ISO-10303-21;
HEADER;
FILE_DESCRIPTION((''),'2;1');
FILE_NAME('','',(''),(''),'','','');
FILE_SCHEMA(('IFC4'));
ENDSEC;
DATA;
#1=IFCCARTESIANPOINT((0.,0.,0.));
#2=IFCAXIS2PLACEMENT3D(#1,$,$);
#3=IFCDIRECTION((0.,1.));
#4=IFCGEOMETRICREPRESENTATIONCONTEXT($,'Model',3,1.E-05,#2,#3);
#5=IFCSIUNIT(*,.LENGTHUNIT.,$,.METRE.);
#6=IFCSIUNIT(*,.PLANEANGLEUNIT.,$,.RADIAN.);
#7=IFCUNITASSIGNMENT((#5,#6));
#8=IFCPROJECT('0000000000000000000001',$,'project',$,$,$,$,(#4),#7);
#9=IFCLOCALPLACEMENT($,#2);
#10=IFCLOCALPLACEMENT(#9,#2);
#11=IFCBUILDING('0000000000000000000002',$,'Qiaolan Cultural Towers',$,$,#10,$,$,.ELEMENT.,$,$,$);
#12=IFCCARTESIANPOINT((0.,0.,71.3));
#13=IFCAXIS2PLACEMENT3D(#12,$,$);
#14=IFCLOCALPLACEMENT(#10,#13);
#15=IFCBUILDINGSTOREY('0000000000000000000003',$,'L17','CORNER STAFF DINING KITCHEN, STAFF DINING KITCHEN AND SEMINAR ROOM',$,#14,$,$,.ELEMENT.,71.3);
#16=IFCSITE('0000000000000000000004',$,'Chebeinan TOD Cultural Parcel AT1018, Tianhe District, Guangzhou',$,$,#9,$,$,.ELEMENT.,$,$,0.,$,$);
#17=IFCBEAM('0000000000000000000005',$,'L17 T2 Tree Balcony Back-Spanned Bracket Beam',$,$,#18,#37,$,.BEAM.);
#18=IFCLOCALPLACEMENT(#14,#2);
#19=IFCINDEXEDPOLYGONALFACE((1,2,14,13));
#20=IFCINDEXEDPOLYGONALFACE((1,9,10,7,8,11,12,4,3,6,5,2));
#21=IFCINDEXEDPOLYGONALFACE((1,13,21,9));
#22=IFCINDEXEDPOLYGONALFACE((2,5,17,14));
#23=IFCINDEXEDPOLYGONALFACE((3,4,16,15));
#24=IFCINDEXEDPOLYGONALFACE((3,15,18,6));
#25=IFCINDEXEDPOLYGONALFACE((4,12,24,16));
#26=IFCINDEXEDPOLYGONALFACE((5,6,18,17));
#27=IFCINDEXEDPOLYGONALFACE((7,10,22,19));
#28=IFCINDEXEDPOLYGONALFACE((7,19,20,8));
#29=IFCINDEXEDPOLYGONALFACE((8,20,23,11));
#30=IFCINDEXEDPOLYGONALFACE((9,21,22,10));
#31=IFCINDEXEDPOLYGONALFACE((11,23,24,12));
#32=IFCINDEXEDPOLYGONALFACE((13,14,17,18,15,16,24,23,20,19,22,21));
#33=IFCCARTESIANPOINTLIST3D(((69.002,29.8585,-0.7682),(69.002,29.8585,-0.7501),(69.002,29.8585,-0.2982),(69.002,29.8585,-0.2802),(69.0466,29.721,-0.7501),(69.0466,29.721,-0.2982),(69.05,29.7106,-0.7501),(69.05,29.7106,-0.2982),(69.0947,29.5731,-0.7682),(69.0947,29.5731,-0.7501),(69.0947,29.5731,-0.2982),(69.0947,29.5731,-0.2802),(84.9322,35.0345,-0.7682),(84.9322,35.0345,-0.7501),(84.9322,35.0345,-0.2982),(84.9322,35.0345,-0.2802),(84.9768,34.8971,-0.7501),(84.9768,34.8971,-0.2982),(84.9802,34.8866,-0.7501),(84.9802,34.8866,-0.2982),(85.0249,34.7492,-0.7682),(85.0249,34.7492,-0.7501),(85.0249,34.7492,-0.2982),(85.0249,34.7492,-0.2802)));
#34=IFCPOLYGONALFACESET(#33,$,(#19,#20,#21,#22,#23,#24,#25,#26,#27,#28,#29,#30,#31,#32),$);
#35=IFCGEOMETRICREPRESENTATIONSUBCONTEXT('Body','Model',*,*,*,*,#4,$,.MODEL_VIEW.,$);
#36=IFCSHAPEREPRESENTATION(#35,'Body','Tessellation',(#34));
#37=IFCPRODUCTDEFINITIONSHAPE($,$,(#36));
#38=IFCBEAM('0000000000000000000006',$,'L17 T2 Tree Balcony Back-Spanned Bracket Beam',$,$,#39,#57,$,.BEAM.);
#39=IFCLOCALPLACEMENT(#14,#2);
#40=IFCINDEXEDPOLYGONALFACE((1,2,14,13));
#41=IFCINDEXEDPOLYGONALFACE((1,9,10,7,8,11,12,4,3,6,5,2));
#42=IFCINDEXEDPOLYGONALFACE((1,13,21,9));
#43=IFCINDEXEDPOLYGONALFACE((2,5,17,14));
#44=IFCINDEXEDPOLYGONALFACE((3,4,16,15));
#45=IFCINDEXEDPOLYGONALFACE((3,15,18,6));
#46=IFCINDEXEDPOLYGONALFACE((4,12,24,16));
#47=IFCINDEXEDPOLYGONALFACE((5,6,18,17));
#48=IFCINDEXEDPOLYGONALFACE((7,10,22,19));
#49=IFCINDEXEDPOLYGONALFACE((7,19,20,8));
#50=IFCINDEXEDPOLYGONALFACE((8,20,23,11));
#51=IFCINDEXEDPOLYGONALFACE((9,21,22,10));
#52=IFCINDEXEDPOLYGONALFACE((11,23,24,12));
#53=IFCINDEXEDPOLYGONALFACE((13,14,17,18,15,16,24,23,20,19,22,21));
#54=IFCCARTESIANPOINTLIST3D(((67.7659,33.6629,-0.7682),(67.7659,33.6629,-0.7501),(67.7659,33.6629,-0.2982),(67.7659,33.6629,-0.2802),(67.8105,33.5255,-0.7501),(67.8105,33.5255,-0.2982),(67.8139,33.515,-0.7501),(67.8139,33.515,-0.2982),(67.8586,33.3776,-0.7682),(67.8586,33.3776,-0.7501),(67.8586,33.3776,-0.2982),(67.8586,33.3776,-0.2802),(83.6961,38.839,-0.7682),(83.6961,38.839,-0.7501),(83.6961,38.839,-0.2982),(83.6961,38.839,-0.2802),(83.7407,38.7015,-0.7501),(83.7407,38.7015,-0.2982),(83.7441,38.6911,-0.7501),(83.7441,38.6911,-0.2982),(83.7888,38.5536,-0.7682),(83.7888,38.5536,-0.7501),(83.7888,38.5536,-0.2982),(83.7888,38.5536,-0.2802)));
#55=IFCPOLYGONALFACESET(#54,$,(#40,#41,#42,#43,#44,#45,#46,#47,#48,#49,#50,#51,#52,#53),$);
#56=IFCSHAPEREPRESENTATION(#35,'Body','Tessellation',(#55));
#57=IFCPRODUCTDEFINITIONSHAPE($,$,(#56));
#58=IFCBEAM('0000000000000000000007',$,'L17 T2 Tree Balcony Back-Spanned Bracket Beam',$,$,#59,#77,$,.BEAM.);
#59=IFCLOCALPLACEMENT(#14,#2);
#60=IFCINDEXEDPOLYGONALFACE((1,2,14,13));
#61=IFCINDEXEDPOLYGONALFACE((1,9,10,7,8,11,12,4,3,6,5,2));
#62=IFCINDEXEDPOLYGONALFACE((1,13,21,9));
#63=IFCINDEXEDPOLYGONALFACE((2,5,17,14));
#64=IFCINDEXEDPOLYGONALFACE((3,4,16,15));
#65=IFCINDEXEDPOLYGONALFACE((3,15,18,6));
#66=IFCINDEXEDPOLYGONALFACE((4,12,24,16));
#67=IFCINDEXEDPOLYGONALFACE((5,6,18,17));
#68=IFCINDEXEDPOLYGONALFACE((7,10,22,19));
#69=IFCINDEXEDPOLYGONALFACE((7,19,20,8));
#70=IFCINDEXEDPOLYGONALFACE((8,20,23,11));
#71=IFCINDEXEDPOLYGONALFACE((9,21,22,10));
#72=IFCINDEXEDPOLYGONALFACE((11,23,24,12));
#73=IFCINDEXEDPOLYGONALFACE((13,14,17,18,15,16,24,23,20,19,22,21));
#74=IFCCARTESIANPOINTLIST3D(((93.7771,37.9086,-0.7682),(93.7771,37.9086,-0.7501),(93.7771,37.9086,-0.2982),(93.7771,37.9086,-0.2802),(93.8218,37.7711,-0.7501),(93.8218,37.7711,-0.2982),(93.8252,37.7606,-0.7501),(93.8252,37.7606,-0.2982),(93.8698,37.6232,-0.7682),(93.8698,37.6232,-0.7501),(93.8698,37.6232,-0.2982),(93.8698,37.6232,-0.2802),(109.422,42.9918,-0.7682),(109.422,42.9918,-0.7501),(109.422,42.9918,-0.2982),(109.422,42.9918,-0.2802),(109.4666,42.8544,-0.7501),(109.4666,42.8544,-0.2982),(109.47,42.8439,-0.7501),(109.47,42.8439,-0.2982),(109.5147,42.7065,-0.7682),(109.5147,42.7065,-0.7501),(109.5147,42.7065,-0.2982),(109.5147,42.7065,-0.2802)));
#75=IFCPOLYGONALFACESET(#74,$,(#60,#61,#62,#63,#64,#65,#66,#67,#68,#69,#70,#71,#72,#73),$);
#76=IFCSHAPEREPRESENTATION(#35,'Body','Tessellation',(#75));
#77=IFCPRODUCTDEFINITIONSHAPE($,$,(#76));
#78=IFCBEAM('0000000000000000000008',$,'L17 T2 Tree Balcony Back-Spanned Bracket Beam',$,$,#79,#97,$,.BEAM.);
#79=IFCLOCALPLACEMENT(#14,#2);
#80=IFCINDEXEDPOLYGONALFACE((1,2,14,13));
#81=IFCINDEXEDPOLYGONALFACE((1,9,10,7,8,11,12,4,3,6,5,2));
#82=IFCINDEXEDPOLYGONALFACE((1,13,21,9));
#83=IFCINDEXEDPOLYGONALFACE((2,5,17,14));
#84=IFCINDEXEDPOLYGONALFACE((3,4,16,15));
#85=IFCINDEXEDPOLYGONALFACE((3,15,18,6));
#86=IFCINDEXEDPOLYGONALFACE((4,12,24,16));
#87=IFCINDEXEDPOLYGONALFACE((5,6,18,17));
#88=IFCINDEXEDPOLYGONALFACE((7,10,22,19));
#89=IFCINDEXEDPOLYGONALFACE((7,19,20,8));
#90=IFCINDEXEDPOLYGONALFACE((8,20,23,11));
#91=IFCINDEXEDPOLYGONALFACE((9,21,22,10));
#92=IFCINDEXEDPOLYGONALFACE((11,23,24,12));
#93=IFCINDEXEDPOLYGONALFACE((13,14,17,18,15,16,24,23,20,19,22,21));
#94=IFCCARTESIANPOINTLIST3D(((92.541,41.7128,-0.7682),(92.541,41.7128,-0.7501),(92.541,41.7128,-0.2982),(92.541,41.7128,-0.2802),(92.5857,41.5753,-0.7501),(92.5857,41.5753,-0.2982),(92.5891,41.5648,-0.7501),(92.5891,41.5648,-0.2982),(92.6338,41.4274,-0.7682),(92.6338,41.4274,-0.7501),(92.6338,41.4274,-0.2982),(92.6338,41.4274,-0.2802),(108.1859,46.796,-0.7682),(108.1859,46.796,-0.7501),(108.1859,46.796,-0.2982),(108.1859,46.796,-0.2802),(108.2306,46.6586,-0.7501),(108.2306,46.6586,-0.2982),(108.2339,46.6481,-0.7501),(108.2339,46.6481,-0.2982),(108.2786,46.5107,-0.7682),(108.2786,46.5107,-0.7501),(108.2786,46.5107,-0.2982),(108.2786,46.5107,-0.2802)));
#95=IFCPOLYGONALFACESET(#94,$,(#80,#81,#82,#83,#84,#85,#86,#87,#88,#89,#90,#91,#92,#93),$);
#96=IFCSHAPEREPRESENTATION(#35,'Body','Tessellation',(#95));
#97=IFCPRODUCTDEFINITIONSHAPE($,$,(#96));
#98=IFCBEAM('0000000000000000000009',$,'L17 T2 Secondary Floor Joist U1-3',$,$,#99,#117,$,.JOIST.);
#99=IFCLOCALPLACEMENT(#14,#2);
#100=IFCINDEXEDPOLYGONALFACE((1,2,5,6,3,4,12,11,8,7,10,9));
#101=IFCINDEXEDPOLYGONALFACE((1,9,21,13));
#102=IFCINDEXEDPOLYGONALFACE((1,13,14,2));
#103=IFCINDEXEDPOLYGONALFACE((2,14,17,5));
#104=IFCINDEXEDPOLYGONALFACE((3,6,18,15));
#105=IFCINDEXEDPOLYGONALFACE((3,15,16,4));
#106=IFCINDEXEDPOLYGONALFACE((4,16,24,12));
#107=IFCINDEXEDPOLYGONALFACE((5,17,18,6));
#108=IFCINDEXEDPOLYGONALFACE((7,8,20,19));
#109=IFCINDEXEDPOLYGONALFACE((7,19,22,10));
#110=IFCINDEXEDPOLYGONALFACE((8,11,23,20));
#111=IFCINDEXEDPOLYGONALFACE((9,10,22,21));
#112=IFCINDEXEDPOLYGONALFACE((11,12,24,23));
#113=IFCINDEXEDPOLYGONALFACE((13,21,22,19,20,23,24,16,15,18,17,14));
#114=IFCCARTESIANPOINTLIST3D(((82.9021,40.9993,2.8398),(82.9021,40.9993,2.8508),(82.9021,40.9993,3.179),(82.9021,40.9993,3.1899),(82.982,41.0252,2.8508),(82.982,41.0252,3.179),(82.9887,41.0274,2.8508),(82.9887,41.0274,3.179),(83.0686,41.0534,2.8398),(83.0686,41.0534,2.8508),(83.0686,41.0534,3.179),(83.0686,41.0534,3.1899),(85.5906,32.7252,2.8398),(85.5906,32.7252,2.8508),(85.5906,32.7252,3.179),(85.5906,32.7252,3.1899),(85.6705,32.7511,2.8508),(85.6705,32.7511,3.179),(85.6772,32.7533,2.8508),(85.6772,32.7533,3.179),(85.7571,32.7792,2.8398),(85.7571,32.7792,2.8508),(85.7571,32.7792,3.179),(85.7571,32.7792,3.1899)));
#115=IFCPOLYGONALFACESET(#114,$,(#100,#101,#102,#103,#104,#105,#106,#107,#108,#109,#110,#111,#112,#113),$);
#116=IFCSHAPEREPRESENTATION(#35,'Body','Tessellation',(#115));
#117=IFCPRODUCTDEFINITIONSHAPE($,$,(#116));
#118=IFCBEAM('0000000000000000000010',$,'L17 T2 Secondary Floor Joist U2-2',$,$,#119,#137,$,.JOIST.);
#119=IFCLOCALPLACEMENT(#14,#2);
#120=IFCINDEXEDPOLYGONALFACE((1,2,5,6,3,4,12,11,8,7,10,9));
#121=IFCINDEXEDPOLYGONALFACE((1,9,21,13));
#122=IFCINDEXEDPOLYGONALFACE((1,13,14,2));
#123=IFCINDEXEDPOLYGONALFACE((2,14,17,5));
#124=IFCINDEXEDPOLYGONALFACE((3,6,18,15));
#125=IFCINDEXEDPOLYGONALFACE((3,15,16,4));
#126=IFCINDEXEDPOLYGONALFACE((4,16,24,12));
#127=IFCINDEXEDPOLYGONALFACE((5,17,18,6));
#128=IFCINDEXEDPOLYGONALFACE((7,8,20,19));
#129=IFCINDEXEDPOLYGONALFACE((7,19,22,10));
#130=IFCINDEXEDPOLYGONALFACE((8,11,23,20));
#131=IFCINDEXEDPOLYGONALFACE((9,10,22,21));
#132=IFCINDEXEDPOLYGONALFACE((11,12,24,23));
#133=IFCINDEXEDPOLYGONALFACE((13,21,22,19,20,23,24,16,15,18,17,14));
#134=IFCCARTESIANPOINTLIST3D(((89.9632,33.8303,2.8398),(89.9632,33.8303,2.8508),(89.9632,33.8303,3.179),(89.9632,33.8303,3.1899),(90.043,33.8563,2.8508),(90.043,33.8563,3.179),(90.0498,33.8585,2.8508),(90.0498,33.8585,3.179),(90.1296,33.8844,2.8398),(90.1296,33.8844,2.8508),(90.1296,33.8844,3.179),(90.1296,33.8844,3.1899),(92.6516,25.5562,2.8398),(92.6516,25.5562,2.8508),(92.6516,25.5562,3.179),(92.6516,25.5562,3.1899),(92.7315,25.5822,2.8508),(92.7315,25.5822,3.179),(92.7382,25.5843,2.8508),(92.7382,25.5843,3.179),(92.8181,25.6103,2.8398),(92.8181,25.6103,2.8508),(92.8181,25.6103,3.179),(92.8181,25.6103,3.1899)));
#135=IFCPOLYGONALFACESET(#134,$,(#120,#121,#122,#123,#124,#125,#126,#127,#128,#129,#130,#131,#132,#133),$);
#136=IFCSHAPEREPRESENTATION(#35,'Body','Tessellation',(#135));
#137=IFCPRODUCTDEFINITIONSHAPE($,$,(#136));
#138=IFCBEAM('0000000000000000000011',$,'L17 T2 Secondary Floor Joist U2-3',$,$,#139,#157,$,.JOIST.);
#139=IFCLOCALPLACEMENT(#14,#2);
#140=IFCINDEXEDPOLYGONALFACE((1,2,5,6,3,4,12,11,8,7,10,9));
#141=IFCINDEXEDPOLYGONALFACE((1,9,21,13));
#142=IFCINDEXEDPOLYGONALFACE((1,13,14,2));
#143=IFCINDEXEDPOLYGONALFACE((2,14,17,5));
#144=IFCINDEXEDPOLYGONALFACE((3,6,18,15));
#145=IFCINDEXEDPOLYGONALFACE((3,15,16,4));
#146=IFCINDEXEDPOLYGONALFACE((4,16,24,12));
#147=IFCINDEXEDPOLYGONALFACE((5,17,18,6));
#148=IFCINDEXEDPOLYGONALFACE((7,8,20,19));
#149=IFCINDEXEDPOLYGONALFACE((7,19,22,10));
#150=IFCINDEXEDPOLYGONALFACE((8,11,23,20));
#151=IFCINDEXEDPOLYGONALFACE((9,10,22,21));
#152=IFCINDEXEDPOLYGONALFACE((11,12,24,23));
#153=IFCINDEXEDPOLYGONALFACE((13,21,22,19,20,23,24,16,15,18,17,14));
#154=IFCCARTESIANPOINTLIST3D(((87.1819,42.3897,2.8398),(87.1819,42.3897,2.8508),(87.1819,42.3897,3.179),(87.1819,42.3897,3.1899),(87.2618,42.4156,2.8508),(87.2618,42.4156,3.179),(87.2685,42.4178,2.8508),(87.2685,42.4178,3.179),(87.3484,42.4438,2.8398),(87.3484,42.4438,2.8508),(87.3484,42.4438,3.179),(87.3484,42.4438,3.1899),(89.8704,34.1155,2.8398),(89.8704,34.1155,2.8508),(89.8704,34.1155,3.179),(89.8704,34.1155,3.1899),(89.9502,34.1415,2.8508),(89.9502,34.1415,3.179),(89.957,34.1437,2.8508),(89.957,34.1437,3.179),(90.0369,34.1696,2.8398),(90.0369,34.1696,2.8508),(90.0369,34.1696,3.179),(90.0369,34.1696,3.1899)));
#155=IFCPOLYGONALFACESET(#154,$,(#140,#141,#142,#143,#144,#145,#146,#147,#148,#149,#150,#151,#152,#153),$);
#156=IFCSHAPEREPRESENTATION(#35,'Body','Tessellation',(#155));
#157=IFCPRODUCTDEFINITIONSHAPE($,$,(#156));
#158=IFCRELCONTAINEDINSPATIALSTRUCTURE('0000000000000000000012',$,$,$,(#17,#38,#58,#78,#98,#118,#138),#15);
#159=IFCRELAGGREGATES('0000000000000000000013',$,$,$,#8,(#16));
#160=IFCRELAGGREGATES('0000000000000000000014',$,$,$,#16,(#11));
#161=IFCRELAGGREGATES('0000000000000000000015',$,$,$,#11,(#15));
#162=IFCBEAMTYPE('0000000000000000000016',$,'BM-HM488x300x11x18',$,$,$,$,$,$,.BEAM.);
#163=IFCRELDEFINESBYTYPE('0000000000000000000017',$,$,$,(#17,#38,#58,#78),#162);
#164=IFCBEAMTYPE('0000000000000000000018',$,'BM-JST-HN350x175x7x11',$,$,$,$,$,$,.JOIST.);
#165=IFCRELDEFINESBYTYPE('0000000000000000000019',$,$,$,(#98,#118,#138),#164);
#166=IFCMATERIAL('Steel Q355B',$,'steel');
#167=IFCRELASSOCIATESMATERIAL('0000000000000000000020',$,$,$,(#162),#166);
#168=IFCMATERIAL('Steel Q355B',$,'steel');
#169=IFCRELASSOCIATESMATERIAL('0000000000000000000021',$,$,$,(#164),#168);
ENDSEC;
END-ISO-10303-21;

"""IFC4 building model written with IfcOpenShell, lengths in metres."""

from ifc_helpers import new_model, si_unit, direction, frame, origin, origin_2d, place, context, subcontext, project, spatial, i_section, extrude, material, material_profile, profile_set, type_object, element, save


model = new_model("IFC4")

# Units and contexts
model_context = context("Model", 3, precision=1e-05, world=origin(), true_north=direction((0.0, 1.0)))
body_context = subcontext(model_context, "Body", "Model", "MODEL_VIEW")
ifc_project = project(units=[si_unit("LENGTHUNIT", "METRE"), si_unit("PLANEANGLEUNIT", "RADIAN")], contexts=[model_context])

# Site, building, storey
site_placement = place(None, origin())
site = spatial("IfcSite", under=ifc_project, at=site_placement, Name="Chebeinan TOD Cultural Parcel AT1018, Tianhe District, Guangzhou", CompositionType="ELEMENT", RefElevation=0.0)
building_placement = place(site_placement, origin())
building = spatial("IfcBuilding", under=site, at=building_placement, Name="Qiaolan Cultural Towers", CompositionType="ELEMENT")
storey_placement = place(building_placement, frame((0.0, 0.0, 71.3)))
storey = spatial("IfcBuildingStorey", under=building, at=storey_placement, Name="L17", Description="CORNER STAFF DINING KITCHEN, STAFF DINING KITCHEN AND SEMINAR ROOM", CompositionType="ELEMENT", Elevation=71.3)

# Beams
ifc_material_1 = material(Name="Steel Q355B", Category="steel")
ifc_material_profile_1 = material_profile(ifc_material_1, i_section(OverallWidth=0.3, OverallDepth=0.488, WebThickness=0.011, FlangeThickness=0.0181, at=origin_2d()), Name="HM488x300x11x18")
ifc_profile_set_1 = profile_set([ifc_material_profile_1], Name="Steel Q355B")
beam_type_1 = type_object("IfcBeamType", Name="BM-HM488x300x11x18", PredefinedType="BEAM", material=ifc_profile_set_1)
for number, where, z_axis, x_axis, name in (
    (1, (84.9785, 34.8918, -0.5242), (-0.951057, -0.309017, 0.0), (0.309017, -0.951057, 0.0), "L17 T2 Tree Balcony Back-Spanned Bracket Beam"),
    (2, (83.7424, 38.6963, -0.5242), (-0.951057, -0.309017, 0.0), (0.309017, -0.951057, 0.0), "L17 T2 Tree Balcony Back-Spanned Bracket Beam"),
):
    element("IfcBeam", number, at=place(storey_placement, frame(where, z_axis=z_axis, x_axis=x_axis)), inside=storey, type_object=beam_type_1, Name=name, PredefinedType="BEAM", context=body_context, shape_type="SweptSolid", body=[
        extrude(i_section(OverallWidth=0.3, OverallDepth=0.488, WebThickness=0.011, FlangeThickness=0.0181, at=origin_2d()), origin(), (0.0, 0.0, 1.0), 16.75),
    ])
for number, where, z_axis, x_axis, name in (
    (3, (93.8235, 37.7659, -0.5242), (0.951057, 0.309015, 0.0), (-0.309015, 0.951057, 0.0), "L17 T2 Tree Balcony Back-Spanned Bracket Beam"),
    (4, (92.5874, 41.5701, -0.5242), (0.951057, 0.309015, 0.0), (-0.309015, 0.951057, 0.0), "L17 T2 Tree Balcony Back-Spanned Bracket Beam"),
):
    element("IfcBeam", number, at=place(storey_placement, frame(where, z_axis=z_axis, x_axis=x_axis)), inside=storey, type_object=beam_type_1, Name=name, PredefinedType="BEAM", context=body_context, shape_type="SweptSolid", body=[
        extrude(i_section(OverallWidth=0.3, OverallDepth=0.488, WebThickness=0.011, FlangeThickness=0.0181, at=origin_2d()), origin(), (0.0, 0.0, 1.0), 16.45),
    ])
ifc_material_2 = material(Name="Steel Q355B", Category="steel")
ifc_material_profile_2 = material_profile(ifc_material_2, i_section(OverallWidth=0.175, OverallDepth=0.3501, WebThickness=0.0071, FlangeThickness=0.011, at=origin_2d()), Name="HN350x175x7x11")
ifc_profile_set_2 = profile_set([ifc_material_profile_2], Name="Steel Q355B")
beam_type_2 = type_object("IfcBeamType", Name="BM-JST-HN350x175x7x11", PredefinedType="JOIST", material=ifc_profile_set_2)
for number, where, z_axis, x_axis, name in (
    (5, (85.6738, 32.7522, 3.0149), (-0.309021, 0.951055, 0.0), (-0.951055, -0.309021, 0.0), "L17 T2 Secondary Floor Joist U1-3"),
    (6, (92.7349, 25.5833, 3.0149), (-0.309021, 0.951055, 0.0), (-0.951055, -0.309021, 0.0), "L17 T2 Secondary Floor Joist U2-2"),
    (7, (89.9536, 34.1426, 3.0149), (-0.309021, 0.951055, 0.0), (-0.951055, -0.309021, 0.0), "L17 T2 Secondary Floor Joist U2-3"),
):
    element("IfcBeam", number, at=place(storey_placement, frame(where, z_axis=z_axis, x_axis=x_axis)), inside=storey, type_object=beam_type_2, Name=name, PredefinedType="JOIST", context=body_context, shape_type="SweptSolid", body=[
        extrude(i_section(OverallWidth=0.175, OverallDepth=0.3501, WebThickness=0.0071, FlangeThickness=0.011, at=origin_2d()), origin(), (0.0, 0.0, 1.0), 8.7),
    ])

save(model, "model.ifc")
